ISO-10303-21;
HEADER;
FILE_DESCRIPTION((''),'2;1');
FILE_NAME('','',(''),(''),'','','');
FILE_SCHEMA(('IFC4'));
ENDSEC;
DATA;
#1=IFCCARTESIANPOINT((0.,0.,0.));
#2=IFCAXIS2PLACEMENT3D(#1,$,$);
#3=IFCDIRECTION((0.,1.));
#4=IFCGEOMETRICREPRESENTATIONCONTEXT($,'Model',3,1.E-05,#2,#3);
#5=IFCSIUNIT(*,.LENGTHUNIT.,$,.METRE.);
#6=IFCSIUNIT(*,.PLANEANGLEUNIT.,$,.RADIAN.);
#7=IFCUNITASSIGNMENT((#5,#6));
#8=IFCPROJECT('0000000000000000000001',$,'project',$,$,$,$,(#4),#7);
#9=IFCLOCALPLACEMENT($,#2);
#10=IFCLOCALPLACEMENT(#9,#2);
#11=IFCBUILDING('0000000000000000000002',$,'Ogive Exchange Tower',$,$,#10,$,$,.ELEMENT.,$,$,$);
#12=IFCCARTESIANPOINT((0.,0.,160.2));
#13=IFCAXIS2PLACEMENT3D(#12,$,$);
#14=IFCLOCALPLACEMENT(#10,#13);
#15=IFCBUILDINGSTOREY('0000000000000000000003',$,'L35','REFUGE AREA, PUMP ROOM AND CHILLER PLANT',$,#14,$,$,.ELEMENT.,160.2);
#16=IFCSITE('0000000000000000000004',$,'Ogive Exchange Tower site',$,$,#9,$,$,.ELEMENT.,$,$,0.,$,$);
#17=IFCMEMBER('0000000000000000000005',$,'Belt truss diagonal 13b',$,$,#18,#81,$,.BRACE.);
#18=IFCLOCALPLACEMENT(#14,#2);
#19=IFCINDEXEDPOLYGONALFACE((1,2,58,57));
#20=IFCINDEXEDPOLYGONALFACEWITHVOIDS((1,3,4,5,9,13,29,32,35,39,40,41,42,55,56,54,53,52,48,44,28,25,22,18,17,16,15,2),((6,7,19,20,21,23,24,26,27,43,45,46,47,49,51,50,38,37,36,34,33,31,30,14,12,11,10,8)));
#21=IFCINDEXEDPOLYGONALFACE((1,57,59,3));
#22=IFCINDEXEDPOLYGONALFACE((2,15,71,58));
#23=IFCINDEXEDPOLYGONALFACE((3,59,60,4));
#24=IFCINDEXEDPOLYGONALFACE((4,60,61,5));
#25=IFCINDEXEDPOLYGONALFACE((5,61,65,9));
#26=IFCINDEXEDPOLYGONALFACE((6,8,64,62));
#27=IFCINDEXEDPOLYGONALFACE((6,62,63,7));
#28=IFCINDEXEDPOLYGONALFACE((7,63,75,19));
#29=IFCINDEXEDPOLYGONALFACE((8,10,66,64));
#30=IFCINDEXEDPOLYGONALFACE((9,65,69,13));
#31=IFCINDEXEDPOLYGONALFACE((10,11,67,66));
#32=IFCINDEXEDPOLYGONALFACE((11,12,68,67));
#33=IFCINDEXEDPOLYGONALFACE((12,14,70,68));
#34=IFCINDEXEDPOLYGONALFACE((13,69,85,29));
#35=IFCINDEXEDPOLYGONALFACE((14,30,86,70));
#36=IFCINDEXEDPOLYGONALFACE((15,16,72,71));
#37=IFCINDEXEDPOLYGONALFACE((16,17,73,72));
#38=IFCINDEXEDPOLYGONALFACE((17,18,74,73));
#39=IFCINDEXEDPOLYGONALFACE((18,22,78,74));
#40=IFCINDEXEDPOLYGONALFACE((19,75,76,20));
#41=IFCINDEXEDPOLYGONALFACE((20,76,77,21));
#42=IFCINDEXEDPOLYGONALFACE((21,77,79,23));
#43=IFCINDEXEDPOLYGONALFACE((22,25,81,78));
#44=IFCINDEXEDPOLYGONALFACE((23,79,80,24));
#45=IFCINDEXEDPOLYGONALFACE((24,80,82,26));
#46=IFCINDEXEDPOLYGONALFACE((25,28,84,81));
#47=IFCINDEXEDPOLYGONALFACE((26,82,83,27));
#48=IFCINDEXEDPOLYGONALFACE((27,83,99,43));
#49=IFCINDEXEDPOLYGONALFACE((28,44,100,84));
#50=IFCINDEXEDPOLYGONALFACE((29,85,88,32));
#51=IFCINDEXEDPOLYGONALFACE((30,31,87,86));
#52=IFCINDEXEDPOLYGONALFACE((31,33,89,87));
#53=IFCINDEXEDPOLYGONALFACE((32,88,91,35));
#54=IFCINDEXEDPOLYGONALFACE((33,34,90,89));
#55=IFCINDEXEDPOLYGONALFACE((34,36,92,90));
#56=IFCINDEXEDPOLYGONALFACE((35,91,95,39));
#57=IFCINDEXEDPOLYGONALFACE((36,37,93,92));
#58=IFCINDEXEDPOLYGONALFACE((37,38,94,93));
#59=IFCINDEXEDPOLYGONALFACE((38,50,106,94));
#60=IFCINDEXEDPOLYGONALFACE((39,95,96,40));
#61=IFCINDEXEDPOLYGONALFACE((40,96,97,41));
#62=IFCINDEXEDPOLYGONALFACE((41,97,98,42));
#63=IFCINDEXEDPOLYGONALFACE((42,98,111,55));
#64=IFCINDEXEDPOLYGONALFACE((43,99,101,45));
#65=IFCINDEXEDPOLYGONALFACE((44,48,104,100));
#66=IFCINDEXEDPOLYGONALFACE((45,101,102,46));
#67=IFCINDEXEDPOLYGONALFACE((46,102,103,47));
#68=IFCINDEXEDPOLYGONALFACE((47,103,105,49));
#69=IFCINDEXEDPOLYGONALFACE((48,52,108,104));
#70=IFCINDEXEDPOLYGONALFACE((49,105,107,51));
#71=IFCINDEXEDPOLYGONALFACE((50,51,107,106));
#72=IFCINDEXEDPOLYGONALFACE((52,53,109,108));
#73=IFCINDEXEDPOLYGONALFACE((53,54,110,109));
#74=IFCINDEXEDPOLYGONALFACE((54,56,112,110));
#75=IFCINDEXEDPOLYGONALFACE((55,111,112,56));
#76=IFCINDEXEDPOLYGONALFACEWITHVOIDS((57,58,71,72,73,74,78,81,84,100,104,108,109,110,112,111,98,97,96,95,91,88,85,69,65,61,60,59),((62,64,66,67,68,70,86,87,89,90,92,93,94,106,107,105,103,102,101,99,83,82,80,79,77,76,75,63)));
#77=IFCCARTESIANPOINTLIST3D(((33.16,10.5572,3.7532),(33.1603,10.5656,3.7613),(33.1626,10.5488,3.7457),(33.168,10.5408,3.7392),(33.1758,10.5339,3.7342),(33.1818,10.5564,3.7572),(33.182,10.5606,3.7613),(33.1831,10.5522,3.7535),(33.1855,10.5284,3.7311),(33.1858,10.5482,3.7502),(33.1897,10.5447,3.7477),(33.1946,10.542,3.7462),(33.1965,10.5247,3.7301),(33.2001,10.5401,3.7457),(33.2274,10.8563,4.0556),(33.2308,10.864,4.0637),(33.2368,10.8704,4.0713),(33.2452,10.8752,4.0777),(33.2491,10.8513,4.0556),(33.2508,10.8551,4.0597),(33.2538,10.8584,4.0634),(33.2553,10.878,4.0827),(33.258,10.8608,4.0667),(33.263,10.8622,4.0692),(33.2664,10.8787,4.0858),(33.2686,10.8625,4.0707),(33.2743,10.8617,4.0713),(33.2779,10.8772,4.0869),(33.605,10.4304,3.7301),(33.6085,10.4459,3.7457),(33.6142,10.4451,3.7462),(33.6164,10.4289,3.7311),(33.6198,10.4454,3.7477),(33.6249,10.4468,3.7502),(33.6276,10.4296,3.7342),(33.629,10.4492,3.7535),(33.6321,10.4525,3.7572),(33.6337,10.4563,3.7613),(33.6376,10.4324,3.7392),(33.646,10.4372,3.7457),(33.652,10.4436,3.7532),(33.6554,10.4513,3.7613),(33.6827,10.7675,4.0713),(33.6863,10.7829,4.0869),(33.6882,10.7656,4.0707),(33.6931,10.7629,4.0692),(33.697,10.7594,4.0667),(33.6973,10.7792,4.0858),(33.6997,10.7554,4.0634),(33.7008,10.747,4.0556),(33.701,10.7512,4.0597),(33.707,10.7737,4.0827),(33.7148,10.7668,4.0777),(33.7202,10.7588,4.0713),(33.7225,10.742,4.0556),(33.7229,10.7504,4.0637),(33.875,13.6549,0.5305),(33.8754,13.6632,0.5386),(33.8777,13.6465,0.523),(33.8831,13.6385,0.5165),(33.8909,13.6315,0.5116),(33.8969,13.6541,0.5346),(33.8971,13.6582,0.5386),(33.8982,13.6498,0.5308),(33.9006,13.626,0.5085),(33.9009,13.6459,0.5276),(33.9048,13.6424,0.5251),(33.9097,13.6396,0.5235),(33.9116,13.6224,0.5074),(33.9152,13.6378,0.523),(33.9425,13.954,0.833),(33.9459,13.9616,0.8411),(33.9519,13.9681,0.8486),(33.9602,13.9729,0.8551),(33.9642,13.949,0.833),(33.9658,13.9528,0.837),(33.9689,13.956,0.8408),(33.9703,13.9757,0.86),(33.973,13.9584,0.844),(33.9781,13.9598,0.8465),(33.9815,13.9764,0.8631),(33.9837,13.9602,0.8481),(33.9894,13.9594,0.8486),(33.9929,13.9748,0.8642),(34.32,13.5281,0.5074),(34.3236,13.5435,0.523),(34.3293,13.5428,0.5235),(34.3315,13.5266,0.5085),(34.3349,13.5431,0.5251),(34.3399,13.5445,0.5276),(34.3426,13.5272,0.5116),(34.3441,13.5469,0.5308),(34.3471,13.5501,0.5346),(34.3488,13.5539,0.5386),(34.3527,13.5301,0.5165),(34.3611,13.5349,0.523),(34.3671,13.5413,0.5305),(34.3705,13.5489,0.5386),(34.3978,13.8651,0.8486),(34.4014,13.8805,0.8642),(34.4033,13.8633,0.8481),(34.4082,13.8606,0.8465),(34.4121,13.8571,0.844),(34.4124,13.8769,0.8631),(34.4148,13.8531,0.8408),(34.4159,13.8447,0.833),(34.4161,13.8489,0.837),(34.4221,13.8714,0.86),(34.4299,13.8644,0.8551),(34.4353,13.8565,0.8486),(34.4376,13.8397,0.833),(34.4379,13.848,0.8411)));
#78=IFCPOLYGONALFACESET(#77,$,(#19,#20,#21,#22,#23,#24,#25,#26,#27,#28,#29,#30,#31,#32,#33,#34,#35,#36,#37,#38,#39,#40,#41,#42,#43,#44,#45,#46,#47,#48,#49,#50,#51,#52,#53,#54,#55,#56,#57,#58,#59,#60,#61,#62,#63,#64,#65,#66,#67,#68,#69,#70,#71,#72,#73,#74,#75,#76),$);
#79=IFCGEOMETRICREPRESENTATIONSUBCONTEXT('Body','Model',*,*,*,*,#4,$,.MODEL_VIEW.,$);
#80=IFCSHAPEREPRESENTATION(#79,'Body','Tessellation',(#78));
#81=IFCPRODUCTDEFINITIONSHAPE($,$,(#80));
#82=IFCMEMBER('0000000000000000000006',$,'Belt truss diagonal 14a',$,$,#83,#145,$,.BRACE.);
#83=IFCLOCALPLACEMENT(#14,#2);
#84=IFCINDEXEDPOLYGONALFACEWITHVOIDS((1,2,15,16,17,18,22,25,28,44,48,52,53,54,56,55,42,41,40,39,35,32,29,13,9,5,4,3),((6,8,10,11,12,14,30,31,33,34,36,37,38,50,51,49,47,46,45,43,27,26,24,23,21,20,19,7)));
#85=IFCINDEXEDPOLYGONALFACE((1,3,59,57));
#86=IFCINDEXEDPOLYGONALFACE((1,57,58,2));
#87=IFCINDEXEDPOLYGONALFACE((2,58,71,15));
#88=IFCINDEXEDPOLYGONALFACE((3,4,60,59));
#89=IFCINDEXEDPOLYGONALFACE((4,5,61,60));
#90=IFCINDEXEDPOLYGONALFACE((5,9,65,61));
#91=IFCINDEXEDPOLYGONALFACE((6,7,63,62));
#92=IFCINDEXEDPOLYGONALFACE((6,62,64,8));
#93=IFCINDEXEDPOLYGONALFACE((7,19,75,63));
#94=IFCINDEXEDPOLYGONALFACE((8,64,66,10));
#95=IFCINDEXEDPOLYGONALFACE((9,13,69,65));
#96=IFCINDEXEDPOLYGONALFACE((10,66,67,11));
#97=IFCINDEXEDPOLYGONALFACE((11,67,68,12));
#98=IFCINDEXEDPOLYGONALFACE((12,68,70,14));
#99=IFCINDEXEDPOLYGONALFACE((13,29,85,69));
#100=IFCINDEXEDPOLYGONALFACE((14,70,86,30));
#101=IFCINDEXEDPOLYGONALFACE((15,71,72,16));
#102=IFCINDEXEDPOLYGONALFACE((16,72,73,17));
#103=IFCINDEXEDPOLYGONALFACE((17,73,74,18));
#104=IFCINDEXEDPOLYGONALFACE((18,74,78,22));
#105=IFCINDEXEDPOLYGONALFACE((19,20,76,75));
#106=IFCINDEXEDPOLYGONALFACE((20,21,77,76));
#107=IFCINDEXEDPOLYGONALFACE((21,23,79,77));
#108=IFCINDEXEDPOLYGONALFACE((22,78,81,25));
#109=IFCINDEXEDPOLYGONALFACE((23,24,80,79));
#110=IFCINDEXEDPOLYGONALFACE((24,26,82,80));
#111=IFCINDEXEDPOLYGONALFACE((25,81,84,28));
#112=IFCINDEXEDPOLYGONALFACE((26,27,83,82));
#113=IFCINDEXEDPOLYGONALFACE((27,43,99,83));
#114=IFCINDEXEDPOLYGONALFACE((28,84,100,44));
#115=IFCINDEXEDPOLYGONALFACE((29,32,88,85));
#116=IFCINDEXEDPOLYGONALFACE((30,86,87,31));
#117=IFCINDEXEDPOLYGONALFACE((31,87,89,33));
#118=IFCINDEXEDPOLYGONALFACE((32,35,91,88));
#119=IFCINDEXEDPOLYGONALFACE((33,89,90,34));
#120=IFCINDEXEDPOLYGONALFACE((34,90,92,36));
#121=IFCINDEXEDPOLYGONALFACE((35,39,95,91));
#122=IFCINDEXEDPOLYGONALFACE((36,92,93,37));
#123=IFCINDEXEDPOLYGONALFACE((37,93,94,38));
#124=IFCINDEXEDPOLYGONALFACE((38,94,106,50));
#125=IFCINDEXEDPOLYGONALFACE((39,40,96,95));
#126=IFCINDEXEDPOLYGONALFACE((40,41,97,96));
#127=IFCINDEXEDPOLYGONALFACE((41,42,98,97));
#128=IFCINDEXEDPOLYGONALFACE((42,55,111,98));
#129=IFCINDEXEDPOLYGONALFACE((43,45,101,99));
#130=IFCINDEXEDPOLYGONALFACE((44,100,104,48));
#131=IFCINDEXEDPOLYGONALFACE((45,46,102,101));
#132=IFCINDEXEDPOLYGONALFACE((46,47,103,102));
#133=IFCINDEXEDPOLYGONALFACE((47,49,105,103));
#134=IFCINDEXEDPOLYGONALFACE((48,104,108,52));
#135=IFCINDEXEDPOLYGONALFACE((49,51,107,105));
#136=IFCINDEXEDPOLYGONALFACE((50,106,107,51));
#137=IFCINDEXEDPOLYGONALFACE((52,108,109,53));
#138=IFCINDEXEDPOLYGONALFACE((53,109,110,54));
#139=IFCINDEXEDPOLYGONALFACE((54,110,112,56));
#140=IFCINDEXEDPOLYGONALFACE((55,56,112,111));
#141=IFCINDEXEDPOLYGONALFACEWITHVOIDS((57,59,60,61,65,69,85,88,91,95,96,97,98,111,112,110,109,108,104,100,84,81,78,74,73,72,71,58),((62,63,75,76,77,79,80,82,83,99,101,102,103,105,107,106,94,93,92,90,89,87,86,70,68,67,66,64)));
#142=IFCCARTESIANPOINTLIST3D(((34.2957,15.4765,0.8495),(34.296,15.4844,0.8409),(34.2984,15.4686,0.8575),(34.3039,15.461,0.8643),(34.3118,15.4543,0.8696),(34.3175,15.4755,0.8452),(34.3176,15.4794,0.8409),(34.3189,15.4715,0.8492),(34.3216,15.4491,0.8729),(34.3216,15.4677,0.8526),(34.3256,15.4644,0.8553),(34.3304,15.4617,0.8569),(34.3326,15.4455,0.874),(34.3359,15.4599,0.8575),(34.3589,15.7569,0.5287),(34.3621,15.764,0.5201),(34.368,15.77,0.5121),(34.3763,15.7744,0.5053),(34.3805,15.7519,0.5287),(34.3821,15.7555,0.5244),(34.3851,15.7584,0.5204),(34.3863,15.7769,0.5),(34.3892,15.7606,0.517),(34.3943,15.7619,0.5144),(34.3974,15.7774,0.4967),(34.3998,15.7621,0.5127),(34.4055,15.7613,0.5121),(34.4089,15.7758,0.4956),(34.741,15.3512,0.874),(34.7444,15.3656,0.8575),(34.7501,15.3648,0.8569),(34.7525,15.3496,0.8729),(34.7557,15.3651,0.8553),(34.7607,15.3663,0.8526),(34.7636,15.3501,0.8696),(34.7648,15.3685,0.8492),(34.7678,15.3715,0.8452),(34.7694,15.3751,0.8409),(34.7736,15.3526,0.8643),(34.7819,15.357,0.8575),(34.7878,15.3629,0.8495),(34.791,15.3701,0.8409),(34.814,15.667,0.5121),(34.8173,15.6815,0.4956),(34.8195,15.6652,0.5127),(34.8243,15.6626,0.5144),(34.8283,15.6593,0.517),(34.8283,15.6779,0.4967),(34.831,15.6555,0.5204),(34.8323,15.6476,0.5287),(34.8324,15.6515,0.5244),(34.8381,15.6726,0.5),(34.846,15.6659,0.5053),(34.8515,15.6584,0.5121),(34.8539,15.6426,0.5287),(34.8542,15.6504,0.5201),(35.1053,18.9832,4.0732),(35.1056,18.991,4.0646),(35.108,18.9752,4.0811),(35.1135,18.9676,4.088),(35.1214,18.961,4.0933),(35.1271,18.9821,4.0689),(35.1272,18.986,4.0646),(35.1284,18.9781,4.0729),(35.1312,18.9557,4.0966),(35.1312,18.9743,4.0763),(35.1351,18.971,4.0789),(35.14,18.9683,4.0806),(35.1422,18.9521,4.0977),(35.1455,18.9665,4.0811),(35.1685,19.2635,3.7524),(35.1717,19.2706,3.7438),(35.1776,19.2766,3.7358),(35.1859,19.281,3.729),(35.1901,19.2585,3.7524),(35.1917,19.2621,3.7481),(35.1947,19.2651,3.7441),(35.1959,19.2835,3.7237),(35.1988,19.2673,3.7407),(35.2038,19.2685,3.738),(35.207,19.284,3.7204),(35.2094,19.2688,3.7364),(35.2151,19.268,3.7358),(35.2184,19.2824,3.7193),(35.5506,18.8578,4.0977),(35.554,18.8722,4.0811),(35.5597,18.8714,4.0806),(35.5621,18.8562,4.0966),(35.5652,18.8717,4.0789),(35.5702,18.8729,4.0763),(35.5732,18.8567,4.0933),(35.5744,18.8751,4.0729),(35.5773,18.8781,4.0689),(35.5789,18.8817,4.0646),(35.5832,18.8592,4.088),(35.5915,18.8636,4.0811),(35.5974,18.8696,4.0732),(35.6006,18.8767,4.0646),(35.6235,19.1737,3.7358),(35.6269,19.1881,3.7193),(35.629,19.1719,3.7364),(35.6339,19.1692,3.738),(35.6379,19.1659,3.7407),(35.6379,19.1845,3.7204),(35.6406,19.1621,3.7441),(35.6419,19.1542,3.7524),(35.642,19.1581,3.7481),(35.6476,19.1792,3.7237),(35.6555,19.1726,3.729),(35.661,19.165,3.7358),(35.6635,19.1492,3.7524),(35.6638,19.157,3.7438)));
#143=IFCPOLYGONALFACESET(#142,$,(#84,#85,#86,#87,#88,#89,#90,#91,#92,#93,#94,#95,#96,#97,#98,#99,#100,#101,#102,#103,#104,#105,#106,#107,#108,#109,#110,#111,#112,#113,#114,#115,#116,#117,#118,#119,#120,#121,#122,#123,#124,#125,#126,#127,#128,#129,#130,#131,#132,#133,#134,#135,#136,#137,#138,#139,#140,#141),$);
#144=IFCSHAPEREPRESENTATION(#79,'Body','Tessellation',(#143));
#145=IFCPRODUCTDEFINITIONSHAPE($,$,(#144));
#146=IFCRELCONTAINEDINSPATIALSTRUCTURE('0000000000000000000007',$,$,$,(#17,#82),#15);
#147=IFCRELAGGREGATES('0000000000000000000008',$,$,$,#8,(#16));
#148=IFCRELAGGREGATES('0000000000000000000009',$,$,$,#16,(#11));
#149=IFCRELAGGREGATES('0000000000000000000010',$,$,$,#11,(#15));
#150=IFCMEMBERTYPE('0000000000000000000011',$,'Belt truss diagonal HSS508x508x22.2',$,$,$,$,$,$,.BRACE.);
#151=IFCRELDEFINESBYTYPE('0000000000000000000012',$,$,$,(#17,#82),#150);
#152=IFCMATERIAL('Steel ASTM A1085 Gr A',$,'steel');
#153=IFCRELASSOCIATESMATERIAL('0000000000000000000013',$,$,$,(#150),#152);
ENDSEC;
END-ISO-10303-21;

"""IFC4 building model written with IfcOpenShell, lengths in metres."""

from ifc_helpers import new_model, si_unit, direction, frame, origin, origin_2d, place, context, subcontext, project, spatial, hollow_rectangle, extrude, material, material_profile, profile_set, type_object, element, save


model = new_model("IFC4")

# Units and contexts
model_context = context("Model", 3, precision=1e-05, world=origin(), true_north=direction((0.0, 1.0)))
body_context = subcontext(model_context, "Body", "Model", "MODEL_VIEW")
ifc_project = project(units=[si_unit("LENGTHUNIT", "METRE"), si_unit("PLANEANGLEUNIT", "RADIAN")], contexts=[model_context])

# Site, building, storey
site_placement = place(None, origin())
site = spatial("IfcSite", under=ifc_project, at=site_placement, Name="Ogive Exchange Tower site", CompositionType="ELEMENT", RefElevation=0.0)
building_placement = place(site_placement, origin())
building = spatial("IfcBuilding", under=site, at=building_placement, Name="Ogive Exchange Tower", CompositionType="ELEMENT")
storey_placement = place(building_placement, frame((0.0, 0.0, 160.2)))
storey = spatial("IfcBuildingStorey", under=building, at=storey_placement, Name="L35", Description="REFUGE AREA, PUMP ROOM AND CHILLER PLANT", CompositionType="ELEMENT", Elevation=160.2)

# Members
ifc_material_1 = material(Name="Steel ASTM A1085 Gr A", Category="steel")
ifc_material_profile_1 = material_profile(ifc_material_1, hollow_rectangle(XDim=0.5081, YDim=0.5081, WallThickness=0.0222, InnerFilletRadius=0.0222, OuterFilletRadius=0.0444, at=origin_2d()), Name="HSS508x508x22.2")
ifc_profile_set_1 = profile_set([ifc_material_profile_1], Name="Steel ASTM A1085 Gr A")
member_type_1 = type_object("IfcMemberType", Name="Belt truss diagonal HSS508x508x22.2", PredefinedType="BRACE", material=ifc_profile_set_1)
member_1_placement = place(storey_placement, frame((34.1565, 13.7515, 0.6858), z_axis=(-0.157966, -0.684286, 0.711899), x_axis=(0.974374, -0.224932, 0.0)))
element("IfcMember", 1, at=member_1_placement, inside=storey, type_object=member_type_1, Name="Belt truss diagonal 13b", PredefinedType="BRACE", context=body_context, shape_type="SweptSolid", body=[
    extrude(hollow_rectangle(XDim=0.5081, YDim=0.5081, WallThickness=0.0222, InnerFilletRadius=0.0222, OuterFilletRadius=0.0444, at=origin_2d()), origin(), (0.0, 0.0, 1.0), 4.5269),
])
member_2_placement = place(storey_placement, frame((34.575, 15.5635, 0.6848), z_axis=(0.167561, 0.725777, 0.667212), x_axis=(-0.974369, 0.224954, 0.0)))
element("IfcMember", 2, at=member_2_placement, inside=storey, type_object=member_type_1, Name="Belt truss diagonal 14a", PredefinedType="BRACE", context=body_context, shape_type="SweptSolid", body=[
    extrude(hollow_rectangle(XDim=0.5081, YDim=0.5081, WallThickness=0.0222, InnerFilletRadius=0.0222, OuterFilletRadius=0.0444, at=origin_2d()), origin(), (0.0, 0.0, 1.0), 4.8315),
])

save(model, "model.ifc")
